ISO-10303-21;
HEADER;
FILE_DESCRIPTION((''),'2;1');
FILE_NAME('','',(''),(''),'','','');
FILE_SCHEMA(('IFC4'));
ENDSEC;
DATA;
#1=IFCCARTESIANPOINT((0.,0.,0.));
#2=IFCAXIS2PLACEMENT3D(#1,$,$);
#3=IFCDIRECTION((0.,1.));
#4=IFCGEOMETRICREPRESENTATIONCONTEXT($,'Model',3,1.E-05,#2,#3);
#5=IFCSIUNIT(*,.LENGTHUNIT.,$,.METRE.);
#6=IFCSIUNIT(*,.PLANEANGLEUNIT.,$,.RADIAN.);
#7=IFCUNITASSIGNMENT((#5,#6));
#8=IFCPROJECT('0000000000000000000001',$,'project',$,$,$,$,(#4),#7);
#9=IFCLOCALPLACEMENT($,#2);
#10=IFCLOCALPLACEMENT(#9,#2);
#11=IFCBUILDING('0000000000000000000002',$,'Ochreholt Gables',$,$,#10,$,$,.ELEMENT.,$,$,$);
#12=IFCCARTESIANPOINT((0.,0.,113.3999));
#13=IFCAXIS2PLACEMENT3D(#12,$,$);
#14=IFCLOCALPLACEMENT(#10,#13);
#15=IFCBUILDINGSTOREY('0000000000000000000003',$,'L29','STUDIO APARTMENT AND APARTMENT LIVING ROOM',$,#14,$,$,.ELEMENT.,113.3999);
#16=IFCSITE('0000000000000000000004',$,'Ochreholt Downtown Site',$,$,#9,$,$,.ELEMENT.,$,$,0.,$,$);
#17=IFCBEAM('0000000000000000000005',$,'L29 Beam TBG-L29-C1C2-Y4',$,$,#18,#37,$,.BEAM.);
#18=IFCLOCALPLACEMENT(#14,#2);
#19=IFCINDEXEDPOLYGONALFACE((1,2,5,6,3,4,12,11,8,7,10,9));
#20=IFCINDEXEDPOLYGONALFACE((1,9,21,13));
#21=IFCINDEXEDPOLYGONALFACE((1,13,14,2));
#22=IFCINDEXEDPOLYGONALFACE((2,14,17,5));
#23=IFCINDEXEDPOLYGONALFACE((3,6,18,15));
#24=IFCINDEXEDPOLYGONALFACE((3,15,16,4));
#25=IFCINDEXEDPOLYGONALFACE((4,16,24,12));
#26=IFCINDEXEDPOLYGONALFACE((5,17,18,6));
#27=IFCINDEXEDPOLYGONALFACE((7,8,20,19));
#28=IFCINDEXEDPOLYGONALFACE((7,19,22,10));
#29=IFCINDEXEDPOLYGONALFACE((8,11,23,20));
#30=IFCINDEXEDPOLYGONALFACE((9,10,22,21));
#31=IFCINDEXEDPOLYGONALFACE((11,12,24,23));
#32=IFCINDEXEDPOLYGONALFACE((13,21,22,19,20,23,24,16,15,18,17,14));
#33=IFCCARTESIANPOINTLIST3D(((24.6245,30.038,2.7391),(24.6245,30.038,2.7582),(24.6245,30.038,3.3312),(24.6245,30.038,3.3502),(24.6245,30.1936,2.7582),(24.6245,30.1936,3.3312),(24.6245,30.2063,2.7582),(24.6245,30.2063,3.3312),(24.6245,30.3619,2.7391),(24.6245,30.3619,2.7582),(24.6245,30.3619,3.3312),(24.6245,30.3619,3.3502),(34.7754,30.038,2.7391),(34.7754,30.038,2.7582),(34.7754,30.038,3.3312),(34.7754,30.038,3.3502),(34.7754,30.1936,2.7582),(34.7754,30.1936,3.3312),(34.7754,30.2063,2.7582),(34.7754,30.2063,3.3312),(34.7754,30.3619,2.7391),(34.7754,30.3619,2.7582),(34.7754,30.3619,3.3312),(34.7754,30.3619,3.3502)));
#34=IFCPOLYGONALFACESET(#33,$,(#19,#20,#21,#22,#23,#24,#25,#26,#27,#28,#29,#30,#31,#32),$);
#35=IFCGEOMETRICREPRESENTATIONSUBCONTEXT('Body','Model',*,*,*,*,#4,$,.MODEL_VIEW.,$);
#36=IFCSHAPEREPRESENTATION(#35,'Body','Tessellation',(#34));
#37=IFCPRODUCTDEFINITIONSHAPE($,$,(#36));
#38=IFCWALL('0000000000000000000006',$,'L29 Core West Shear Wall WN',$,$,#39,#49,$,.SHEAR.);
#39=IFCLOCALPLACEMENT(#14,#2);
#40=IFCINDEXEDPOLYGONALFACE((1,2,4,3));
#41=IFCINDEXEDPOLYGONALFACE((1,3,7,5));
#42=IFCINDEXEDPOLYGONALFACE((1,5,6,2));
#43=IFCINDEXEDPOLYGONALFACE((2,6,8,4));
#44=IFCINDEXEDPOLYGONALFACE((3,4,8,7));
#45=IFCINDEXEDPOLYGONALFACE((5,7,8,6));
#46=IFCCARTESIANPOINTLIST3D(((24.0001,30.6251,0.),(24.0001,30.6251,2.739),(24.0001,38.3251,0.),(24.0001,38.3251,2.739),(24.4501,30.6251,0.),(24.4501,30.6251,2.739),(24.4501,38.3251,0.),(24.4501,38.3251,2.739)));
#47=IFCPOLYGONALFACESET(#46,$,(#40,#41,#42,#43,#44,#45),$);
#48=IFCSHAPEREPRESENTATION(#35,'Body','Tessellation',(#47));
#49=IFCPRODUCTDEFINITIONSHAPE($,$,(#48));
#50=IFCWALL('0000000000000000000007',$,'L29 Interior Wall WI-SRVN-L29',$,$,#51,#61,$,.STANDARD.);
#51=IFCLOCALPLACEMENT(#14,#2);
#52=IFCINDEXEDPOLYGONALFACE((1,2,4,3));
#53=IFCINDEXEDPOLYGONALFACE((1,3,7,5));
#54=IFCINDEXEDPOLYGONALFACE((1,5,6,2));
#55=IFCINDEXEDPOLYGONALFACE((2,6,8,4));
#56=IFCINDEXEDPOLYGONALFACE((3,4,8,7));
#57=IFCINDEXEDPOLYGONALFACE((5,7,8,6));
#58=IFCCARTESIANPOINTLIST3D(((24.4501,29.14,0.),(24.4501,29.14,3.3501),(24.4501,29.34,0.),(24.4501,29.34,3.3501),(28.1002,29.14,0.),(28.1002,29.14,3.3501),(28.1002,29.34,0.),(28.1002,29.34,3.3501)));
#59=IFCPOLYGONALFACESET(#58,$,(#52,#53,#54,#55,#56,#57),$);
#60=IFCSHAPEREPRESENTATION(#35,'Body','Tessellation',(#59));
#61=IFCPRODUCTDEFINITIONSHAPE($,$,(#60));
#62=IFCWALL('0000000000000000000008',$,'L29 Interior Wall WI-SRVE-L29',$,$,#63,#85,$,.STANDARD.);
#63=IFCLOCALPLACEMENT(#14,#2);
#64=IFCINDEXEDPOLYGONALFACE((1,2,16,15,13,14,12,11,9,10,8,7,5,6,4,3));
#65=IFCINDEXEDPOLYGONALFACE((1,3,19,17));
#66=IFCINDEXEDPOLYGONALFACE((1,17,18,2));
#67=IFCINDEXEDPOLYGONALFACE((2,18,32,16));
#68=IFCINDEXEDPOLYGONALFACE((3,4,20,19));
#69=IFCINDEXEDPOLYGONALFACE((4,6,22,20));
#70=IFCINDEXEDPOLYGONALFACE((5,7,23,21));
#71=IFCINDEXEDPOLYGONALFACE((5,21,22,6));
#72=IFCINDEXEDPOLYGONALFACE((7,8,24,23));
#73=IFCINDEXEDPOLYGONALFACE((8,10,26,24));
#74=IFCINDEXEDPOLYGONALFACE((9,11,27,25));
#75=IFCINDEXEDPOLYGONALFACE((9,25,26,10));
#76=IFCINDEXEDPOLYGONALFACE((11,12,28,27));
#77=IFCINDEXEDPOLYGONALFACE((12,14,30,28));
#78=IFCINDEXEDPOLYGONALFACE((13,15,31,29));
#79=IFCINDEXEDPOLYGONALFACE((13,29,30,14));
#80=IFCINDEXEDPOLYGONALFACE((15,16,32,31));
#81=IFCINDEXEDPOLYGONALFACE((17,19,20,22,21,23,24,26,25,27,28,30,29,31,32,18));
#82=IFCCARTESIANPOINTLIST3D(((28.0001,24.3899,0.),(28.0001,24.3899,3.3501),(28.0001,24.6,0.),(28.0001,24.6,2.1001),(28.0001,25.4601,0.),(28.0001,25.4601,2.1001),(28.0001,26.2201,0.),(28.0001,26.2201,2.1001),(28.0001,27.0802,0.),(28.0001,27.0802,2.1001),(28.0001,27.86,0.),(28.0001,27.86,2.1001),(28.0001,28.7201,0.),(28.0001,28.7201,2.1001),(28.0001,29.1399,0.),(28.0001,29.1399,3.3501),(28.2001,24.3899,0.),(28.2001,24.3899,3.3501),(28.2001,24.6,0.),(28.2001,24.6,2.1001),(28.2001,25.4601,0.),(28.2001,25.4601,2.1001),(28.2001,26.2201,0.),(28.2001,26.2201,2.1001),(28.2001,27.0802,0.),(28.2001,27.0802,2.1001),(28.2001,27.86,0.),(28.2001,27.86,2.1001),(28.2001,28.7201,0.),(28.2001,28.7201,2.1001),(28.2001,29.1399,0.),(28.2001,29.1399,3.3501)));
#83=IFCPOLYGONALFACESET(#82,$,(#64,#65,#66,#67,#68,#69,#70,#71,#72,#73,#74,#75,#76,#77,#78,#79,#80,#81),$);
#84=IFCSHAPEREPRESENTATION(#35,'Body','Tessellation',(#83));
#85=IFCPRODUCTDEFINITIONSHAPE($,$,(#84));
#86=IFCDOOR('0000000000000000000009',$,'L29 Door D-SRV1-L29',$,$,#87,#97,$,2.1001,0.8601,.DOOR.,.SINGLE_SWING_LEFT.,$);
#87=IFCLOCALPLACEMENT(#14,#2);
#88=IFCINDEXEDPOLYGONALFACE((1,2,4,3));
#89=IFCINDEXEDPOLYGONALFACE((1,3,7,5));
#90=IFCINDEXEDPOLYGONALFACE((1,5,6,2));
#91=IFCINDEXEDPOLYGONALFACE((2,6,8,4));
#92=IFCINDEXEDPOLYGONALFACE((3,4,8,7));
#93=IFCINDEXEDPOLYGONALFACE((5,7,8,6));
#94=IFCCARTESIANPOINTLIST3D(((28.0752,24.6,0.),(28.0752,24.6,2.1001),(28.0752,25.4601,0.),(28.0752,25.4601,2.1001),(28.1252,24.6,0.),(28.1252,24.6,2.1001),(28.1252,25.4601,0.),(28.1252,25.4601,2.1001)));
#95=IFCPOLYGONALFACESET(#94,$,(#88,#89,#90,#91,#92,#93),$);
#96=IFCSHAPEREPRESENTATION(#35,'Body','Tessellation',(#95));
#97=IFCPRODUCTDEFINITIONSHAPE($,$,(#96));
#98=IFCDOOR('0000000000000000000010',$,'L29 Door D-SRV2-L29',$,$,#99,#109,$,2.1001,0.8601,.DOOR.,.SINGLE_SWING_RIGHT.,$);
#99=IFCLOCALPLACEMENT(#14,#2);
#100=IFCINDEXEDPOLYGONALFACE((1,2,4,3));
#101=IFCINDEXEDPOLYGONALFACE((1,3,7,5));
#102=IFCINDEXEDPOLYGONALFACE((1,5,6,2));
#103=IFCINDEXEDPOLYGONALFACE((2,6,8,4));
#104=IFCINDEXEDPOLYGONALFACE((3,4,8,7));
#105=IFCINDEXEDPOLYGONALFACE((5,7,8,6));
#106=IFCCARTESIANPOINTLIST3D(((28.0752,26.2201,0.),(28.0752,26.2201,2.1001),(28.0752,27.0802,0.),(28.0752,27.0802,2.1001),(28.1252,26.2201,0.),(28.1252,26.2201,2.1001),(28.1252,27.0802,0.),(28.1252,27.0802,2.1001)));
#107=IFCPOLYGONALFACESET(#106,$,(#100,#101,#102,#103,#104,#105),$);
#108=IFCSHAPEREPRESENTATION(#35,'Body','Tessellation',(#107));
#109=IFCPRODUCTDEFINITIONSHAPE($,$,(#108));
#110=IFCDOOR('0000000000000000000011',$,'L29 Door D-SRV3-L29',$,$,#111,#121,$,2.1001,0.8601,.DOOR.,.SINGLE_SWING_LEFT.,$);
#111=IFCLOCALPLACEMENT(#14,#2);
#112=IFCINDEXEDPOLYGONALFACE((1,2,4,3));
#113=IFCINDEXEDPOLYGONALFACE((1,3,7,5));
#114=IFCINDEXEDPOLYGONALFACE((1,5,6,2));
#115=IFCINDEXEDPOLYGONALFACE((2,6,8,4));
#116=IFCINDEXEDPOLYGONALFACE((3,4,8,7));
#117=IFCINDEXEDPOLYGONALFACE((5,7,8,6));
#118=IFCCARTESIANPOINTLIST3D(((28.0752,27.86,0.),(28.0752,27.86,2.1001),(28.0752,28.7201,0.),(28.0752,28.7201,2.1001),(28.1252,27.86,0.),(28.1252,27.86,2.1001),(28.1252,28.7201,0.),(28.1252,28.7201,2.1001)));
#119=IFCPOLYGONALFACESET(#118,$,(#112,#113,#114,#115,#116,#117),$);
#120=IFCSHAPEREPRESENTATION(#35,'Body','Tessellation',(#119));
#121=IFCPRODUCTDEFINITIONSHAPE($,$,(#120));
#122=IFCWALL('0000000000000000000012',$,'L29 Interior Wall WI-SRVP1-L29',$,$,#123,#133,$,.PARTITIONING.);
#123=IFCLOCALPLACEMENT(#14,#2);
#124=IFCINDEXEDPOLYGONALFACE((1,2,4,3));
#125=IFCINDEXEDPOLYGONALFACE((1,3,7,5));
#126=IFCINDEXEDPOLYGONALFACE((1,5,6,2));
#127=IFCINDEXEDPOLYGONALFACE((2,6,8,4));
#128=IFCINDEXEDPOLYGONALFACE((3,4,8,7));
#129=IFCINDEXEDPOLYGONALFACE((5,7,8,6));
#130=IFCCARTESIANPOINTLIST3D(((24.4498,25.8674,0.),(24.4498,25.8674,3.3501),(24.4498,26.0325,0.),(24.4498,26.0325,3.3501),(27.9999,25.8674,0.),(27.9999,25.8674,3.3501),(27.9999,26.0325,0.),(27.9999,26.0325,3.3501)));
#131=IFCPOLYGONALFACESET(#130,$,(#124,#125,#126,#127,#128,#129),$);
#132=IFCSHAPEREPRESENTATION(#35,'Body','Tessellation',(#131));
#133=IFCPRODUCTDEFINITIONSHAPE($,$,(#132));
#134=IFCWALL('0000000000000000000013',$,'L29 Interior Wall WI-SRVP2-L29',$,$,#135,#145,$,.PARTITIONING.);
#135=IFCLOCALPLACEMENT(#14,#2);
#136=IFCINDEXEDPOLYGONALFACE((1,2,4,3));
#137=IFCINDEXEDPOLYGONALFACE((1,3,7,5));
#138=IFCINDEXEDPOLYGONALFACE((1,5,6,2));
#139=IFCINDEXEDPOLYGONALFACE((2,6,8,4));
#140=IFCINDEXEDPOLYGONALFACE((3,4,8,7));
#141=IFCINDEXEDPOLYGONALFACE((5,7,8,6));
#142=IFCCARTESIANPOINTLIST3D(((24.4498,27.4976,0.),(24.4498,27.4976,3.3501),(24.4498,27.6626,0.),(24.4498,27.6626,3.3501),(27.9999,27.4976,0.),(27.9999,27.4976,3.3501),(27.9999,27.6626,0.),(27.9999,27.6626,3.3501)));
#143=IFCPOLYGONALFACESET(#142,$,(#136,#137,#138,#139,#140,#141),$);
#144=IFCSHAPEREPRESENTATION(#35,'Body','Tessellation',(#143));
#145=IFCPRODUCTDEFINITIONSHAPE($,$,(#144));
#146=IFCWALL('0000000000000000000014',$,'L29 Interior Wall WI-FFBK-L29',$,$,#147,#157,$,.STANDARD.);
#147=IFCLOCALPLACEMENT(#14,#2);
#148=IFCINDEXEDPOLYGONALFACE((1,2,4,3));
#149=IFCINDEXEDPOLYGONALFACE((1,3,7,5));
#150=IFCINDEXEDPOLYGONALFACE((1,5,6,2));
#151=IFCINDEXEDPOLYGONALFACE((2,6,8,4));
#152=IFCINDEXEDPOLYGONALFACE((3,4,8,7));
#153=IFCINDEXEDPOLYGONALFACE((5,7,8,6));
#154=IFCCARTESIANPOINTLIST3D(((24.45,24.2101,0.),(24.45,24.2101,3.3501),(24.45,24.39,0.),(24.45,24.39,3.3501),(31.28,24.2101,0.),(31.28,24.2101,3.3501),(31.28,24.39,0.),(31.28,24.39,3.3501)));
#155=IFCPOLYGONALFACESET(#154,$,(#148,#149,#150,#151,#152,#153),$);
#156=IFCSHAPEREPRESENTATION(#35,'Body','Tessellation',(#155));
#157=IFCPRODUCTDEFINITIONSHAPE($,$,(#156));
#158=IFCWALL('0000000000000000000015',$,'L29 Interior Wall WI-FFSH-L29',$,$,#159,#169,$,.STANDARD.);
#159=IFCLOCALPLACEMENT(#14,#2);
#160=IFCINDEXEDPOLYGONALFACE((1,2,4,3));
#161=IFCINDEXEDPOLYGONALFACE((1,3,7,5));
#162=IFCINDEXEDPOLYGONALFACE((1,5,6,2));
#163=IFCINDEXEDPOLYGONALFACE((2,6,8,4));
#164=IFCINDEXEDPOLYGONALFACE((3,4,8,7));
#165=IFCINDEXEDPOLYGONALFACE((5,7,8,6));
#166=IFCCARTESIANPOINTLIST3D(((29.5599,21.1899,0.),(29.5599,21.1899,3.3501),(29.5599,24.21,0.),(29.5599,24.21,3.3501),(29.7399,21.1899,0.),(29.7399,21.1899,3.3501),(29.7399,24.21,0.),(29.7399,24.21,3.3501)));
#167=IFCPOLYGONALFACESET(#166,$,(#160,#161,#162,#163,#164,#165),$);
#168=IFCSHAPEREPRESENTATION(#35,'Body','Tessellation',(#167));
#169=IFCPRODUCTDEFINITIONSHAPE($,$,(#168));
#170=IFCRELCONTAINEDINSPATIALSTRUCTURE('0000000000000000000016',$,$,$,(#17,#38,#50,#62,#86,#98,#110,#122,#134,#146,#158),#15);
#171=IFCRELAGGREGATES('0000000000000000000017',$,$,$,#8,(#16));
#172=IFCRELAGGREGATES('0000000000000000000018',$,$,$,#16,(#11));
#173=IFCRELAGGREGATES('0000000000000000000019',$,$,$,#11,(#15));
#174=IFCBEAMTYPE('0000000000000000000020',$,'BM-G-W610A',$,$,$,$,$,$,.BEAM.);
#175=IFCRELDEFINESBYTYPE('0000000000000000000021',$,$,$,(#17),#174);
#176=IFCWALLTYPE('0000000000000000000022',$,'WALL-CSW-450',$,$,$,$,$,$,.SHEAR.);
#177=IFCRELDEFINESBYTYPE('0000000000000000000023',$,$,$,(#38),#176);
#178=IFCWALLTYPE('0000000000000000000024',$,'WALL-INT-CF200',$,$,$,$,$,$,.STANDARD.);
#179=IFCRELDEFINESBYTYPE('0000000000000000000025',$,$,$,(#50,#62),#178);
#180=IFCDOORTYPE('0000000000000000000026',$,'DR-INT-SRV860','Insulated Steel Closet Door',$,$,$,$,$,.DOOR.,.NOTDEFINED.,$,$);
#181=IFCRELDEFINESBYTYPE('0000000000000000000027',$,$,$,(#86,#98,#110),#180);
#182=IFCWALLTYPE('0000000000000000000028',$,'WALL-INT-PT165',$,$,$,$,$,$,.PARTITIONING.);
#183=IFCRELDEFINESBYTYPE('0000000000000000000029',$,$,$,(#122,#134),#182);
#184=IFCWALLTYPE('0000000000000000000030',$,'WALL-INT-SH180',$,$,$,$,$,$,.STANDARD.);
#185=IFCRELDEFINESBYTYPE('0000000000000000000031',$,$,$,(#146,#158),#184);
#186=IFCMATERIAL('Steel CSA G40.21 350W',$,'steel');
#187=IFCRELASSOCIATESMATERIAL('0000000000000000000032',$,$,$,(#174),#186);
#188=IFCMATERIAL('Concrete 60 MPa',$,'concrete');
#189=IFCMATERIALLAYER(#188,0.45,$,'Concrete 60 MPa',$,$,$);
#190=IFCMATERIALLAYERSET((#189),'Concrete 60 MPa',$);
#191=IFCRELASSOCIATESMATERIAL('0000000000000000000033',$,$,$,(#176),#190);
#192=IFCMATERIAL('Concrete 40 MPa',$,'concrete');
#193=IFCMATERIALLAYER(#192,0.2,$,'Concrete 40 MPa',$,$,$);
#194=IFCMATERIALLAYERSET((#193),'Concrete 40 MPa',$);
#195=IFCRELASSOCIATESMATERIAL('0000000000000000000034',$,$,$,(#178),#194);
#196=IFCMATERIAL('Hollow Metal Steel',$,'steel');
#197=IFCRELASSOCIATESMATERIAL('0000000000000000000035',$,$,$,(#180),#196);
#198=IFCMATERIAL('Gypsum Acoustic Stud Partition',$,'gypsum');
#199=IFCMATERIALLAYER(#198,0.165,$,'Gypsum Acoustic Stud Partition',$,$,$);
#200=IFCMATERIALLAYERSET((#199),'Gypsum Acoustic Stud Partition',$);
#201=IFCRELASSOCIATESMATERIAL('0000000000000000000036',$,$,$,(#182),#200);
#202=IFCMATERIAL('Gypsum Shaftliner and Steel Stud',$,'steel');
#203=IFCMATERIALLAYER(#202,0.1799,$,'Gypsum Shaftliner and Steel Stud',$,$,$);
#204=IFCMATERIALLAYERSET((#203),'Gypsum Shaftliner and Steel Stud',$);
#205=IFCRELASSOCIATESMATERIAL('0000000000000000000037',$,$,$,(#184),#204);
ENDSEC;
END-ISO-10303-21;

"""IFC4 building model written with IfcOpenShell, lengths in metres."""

from ifc_helpers import new_model, si_unit, direction, frame, frame_2d, origin, origin_2d, place, context, subcontext, project, spatial, rectangle, i_section, extrude, material, layer, layer_set, material_profile, profile_set, type_object, element, fill, save


model = new_model("IFC4")

# Units and contexts
model_context = context("Model", 3, precision=1e-05, world=origin(), true_north=direction((0.0, 1.0)))
body_context = subcontext(model_context, "Body", "Model", "MODEL_VIEW")
ifc_project = project(units=[si_unit("LENGTHUNIT", "METRE"), si_unit("PLANEANGLEUNIT", "RADIAN")], contexts=[model_context])

# Site, building, storey
site_placement = place(None, origin())
site = spatial("IfcSite", under=ifc_project, at=site_placement, Name="Ochreholt Downtown Site", CompositionType="ELEMENT", RefElevation=0.0)
building_placement = place(site_placement, origin())
building = spatial("IfcBuilding", under=site, at=building_placement, Name="Ochreholt Gables", CompositionType="ELEMENT")
storey_placement = place(building_placement, frame((0.0, 0.0, 113.3999)))
storey = spatial("IfcBuildingStorey", under=building, at=storey_placement, Name="L29", Description="STUDIO APARTMENT AND APARTMENT LIVING ROOM", CompositionType="ELEMENT", Elevation=113.3999)

# Beam
ifc_material_1 = material(Name="Steel CSA G40.21 350W", Category="steel")
ifc_material_profile = material_profile(ifc_material_1, i_section(OverallWidth=0.324, OverallDepth=0.6111, WebThickness=0.0127, FlangeThickness=0.019, at=origin_2d()), Name="W610X155")
ifc_profile_set = profile_set([ifc_material_profile], Name="Steel CSA G40.21 350W")
beam_type = type_object("IfcBeamType", Name="BM-G-W610A", PredefinedType="BEAM", material=ifc_profile_set)
beam_placement = place(storey_placement, frame((24.6245, 30.2, 3.0447), z_axis=(1.0, 0.0, 0.0), x_axis=(0.0, 1.0, 0.0)))
element("IfcBeam", 1, at=beam_placement, inside=storey, type_object=beam_type, Name="L29 Beam TBG-L29-C1C2-Y4", PredefinedType="BEAM", context=body_context, shape_type="SweptSolid", body=[
    extrude(i_section(OverallWidth=0.324, OverallDepth=0.6111, WebThickness=0.0127, FlangeThickness=0.019, at=origin_2d()), origin(), (0.0, 0.0, 1.0), 10.1509),
])

# Walls
ifc_material_2 = material(Name="Concrete 60 MPa", Category="concrete")
ifc_layer_1 = layer(ifc_material_2, 0.45, Name="Concrete 60 MPa")
ifc_layer_set_1 = layer_set([ifc_layer_1], Name="Concrete 60 MPa")
wall_type_1 = type_object("IfcWallType", Name="WALL-CSW-450", PredefinedType="SHEAR", material=ifc_layer_set_1)
wall_1_placement = place(storey_placement, frame((24.2251, 30.625, 0.0), z_axis=(0.0, 0.0, 1.0), x_axis=(0.0, 1.0, 0.0)))
element("IfcWall", 2, at=wall_1_placement, inside=storey, type_object=wall_type_1, Name="L29 Core West Shear Wall WN", PredefinedType="SHEAR", context=body_context, shape_type="SweptSolid", body=[
    extrude(rectangle(XDim=7.7, YDim=0.45, at=frame_2d((3.8501, 0.0))), origin(), (0.0, 0.0, 1.0), 2.739),
])
ifc_material_3 = material(Name="Concrete 40 MPa", Category="concrete")
ifc_layer_2 = layer(ifc_material_3, 0.2, Name="Concrete 40 MPa")
ifc_layer_set_2 = layer_set([ifc_layer_2], Name="Concrete 40 MPa")
wall_type_2 = type_object("IfcWallType", Name="WALL-INT-CF200", PredefinedType="STANDARD", material=ifc_layer_set_2)
wall_2_placement = place(storey_placement, frame((24.45, 29.24, 0.0), z_axis=(0.0, 0.0, 1.0), x_axis=(1.0, 0.0, 0.0)))
element("IfcWall", 3, at=wall_2_placement, inside=storey, type_object=wall_type_2, Name="L29 Interior Wall WI-SRVN-L29", PredefinedType="STANDARD", context=body_context, shape_type="SweptSolid", body=[
    extrude(rectangle(XDim=3.6501, YDim=0.2, at=frame_2d((1.8252, 0.0))), origin(), (0.0, 0.0, 1.0), 3.3501),
])

# Wall, openings, doors
wall_3_placement = place(storey_placement, frame((28.1001, 24.3899, 0.0), z_axis=(0.0, 0.0, 1.0), x_axis=(0.0, 1.0, 0.0)))
wall_3 = element("IfcWall", 4, at=wall_3_placement, inside=storey, type_object=wall_type_2, Name="L29 Interior Wall WI-SRVE-L29", PredefinedType="STANDARD", context=body_context, shape_type="SweptSolid", body=[
    extrude(rectangle(XDim=4.75, YDim=0.2, at=frame_2d((2.375, 0.0))), origin(), (0.0, 0.0, 1.0), 3.3501),
])
opening_1_placement = place(wall_3_placement, frame((0.21, 0.0, 0.0)))
opening_1 = element("IfcOpeningElement", 5, at=opening_1_placement, cuts=wall_3, PredefinedType="OPENING", context=body_context, shape_type="SweptSolid", body=[
    extrude(rectangle(XDim=0.8601, YDim=2.1001, at=frame_2d((0.4302, 1.05))), frame((0.0, 0.1099, 0.0), z_axis=(0.0, -1.0, 0.0), x_axis=(1.0, 0.0, 0.0)), (0.0, 0.0, 1.0), 0.22),
])
opening_2_placement = place(wall_3_placement, frame((1.8301, 0.0, 0.0)))
opening_2 = element("IfcOpeningElement", 6, at=opening_2_placement, cuts=wall_3, PredefinedType="OPENING", context=body_context, shape_type="SweptSolid", body=[
    extrude(rectangle(XDim=0.8601, YDim=2.1001, at=frame_2d((0.4302, 1.05))), frame((0.0, 0.1099, 0.0), z_axis=(0.0, -1.0, 0.0), x_axis=(1.0, 0.0, 0.0)), (0.0, 0.0, 1.0), 0.22),
])
opening_3_placement = place(wall_3_placement, frame((3.47, 0.0, 0.0)))
opening_3 = element("IfcOpeningElement", 7, at=opening_3_placement, cuts=wall_3, PredefinedType="OPENING", context=body_context, shape_type="SweptSolid", body=[
    extrude(rectangle(XDim=0.8601, YDim=2.1001, at=frame_2d((0.4302, 1.05))), frame((0.0, 0.1099, 0.0), z_axis=(0.0, -1.0, 0.0), x_axis=(1.0, 0.0, 0.0)), (0.0, 0.0, 1.0), 0.22),
])
ifc_material_4 = material(Name="Hollow Metal Steel", Category="steel")
door_type_1 = type_object("IfcDoorType", Name="DR-INT-SRV860", Description="Insulated Steel Closet Door", OperationType="NOTDEFINED", PredefinedType="DOOR", material=ifc_material_4)
door_1_placement = place(opening_1_placement, origin())
door_1 = element("IfcDoor", 8, at=door_1_placement, inside=storey, type_object=door_type_1, Name="L29 Door D-SRV1-L29", OperationType="SINGLE_SWING_LEFT", OverallHeight=2.1001, OverallWidth=0.8601, PredefinedType="DOOR", context=body_context, shape_type="SweptSolid", body=[
    extrude(rectangle(XDim=0.8601, YDim=2.1001, at=frame_2d((0.4302, 1.05))), frame((0.0, 0.0249, 0.0), z_axis=(0.0, -1.0, 0.0), x_axis=(1.0, 0.0, 0.0)), (0.0, 0.0, 1.0), 0.05),
])
fill(opening_1, door_1)
door_2_placement = place(opening_2_placement, origin())
door_2 = element("IfcDoor", 9, at=door_2_placement, inside=storey, type_object=door_type_1, Name="L29 Door D-SRV2-L29", OperationType="SINGLE_SWING_RIGHT", OverallHeight=2.1001, OverallWidth=0.8601, PredefinedType="DOOR", context=body_context, shape_type="SweptSolid", body=[
    extrude(rectangle(XDim=0.8601, YDim=2.1001, at=frame_2d((0.4302, 1.05))), frame((0.0, 0.0249, 0.0), z_axis=(0.0, -1.0, 0.0), x_axis=(1.0, 0.0, 0.0)), (0.0, 0.0, 1.0), 0.05),
])
fill(opening_2, door_2)
door_3_placement = place(opening_3_placement, origin())
door_3 = element("IfcDoor", 10, at=door_3_placement, inside=storey, type_object=door_type_1, Name="L29 Door D-SRV3-L29", OperationType="SINGLE_SWING_LEFT", OverallHeight=2.1001, OverallWidth=0.8601, PredefinedType="DOOR", context=body_context, shape_type="SweptSolid", body=[
    extrude(rectangle(XDim=0.8601, YDim=2.1001, at=frame_2d((0.4302, 1.05))), frame((0.0, 0.0249, 0.0), z_axis=(0.0, -1.0, 0.0), x_axis=(1.0, 0.0, 0.0)), (0.0, 0.0, 1.0), 0.05),
])
fill(opening_3, door_3)

# Walls
ifc_material_5 = material(Name="Gypsum Acoustic Stud Partition", Category="gypsum")
ifc_layer_3 = layer(ifc_material_5, 0.165, Name="Gypsum Acoustic Stud Partition")
ifc_layer_set_3 = layer_set([ifc_layer_3], Name="Gypsum Acoustic Stud Partition")
wall_type_3 = type_object("IfcWallType", Name="WALL-INT-PT165", PredefinedType="PARTITIONING", material=ifc_layer_set_3)
for number, where, z_axis, x_axis, name in (
    (11, (24.45, 25.95, 0.0), (0.0, 0.0, 1.0), (1.0, 0.0, 0.0), "L29 Interior Wall WI-SRVP1-L29"),
    (12, (24.45, 27.5801, 0.0), (0.0, 0.0, 1.0), (1.0, 0.0, 0.0), "L29 Interior Wall WI-SRVP2-L29"),
):
    element("IfcWall", number, at=place(storey_placement, frame(where, z_axis=z_axis, x_axis=x_axis)), inside=storey, type_object=wall_type_3, Name=name, PredefinedType="PARTITIONING", context=body_context, shape_type="SweptSolid", body=[
        extrude(rectangle(XDim=3.55, YDim=0.165, at=frame_2d((1.7749, 0.0))), origin(), (0.0, 0.0, 1.0), 3.3501),
    ])
ifc_material_6 = material(Name="Gypsum Shaftliner and Steel Stud", Category="steel")
ifc_layer_4 = layer(ifc_material_6, 0.1799, Name="Gypsum Shaftliner and Steel Stud")
ifc_layer_set_4 = layer_set([ifc_layer_4], Name="Gypsum Shaftliner and Steel Stud")
wall_type_4 = type_object("IfcWallType", Name="WALL-INT-SH180", PredefinedType="STANDARD", material=ifc_layer_set_4)
wall_4_placement = place(storey_placement, frame((24.45, 24.3, 0.0), z_axis=(0.0, 0.0, 1.0), x_axis=(1.0, 0.0, 0.0)))
element("IfcWall", 13, at=wall_4_placement, inside=storey, type_object=wall_type_4, Name="L29 Interior Wall WI-FFBK-L29", PredefinedType="STANDARD", context=body_context, shape_type="SweptSolid", body=[
    extrude(rectangle(XDim=6.8301, YDim=0.1799, at=frame_2d((3.415, 0.0))), origin(), (0.0, 0.0, 1.0), 3.3501),
])
for number, where, z_axis, x_axis, name in (
    (14, (29.6499, 21.1899, 0.0), (0.0, 0.0, 1.0), (0.0, 1.0, 0.0), "L29 Interior Wall WI-FFSH-L29"),
):
    element("IfcWall", number, at=place(storey_placement, frame(where, z_axis=z_axis, x_axis=x_axis)), inside=storey, type_object=wall_type_4, Name=name, PredefinedType="STANDARD", context=body_context, shape_type="SweptSolid", body=[
        extrude(rectangle(XDim=3.02, YDim=0.1799, at=frame_2d((1.51, 0.0))), origin(), (0.0, 0.0, 1.0), 3.3501),
    ])

save(model, "model.ifc")
